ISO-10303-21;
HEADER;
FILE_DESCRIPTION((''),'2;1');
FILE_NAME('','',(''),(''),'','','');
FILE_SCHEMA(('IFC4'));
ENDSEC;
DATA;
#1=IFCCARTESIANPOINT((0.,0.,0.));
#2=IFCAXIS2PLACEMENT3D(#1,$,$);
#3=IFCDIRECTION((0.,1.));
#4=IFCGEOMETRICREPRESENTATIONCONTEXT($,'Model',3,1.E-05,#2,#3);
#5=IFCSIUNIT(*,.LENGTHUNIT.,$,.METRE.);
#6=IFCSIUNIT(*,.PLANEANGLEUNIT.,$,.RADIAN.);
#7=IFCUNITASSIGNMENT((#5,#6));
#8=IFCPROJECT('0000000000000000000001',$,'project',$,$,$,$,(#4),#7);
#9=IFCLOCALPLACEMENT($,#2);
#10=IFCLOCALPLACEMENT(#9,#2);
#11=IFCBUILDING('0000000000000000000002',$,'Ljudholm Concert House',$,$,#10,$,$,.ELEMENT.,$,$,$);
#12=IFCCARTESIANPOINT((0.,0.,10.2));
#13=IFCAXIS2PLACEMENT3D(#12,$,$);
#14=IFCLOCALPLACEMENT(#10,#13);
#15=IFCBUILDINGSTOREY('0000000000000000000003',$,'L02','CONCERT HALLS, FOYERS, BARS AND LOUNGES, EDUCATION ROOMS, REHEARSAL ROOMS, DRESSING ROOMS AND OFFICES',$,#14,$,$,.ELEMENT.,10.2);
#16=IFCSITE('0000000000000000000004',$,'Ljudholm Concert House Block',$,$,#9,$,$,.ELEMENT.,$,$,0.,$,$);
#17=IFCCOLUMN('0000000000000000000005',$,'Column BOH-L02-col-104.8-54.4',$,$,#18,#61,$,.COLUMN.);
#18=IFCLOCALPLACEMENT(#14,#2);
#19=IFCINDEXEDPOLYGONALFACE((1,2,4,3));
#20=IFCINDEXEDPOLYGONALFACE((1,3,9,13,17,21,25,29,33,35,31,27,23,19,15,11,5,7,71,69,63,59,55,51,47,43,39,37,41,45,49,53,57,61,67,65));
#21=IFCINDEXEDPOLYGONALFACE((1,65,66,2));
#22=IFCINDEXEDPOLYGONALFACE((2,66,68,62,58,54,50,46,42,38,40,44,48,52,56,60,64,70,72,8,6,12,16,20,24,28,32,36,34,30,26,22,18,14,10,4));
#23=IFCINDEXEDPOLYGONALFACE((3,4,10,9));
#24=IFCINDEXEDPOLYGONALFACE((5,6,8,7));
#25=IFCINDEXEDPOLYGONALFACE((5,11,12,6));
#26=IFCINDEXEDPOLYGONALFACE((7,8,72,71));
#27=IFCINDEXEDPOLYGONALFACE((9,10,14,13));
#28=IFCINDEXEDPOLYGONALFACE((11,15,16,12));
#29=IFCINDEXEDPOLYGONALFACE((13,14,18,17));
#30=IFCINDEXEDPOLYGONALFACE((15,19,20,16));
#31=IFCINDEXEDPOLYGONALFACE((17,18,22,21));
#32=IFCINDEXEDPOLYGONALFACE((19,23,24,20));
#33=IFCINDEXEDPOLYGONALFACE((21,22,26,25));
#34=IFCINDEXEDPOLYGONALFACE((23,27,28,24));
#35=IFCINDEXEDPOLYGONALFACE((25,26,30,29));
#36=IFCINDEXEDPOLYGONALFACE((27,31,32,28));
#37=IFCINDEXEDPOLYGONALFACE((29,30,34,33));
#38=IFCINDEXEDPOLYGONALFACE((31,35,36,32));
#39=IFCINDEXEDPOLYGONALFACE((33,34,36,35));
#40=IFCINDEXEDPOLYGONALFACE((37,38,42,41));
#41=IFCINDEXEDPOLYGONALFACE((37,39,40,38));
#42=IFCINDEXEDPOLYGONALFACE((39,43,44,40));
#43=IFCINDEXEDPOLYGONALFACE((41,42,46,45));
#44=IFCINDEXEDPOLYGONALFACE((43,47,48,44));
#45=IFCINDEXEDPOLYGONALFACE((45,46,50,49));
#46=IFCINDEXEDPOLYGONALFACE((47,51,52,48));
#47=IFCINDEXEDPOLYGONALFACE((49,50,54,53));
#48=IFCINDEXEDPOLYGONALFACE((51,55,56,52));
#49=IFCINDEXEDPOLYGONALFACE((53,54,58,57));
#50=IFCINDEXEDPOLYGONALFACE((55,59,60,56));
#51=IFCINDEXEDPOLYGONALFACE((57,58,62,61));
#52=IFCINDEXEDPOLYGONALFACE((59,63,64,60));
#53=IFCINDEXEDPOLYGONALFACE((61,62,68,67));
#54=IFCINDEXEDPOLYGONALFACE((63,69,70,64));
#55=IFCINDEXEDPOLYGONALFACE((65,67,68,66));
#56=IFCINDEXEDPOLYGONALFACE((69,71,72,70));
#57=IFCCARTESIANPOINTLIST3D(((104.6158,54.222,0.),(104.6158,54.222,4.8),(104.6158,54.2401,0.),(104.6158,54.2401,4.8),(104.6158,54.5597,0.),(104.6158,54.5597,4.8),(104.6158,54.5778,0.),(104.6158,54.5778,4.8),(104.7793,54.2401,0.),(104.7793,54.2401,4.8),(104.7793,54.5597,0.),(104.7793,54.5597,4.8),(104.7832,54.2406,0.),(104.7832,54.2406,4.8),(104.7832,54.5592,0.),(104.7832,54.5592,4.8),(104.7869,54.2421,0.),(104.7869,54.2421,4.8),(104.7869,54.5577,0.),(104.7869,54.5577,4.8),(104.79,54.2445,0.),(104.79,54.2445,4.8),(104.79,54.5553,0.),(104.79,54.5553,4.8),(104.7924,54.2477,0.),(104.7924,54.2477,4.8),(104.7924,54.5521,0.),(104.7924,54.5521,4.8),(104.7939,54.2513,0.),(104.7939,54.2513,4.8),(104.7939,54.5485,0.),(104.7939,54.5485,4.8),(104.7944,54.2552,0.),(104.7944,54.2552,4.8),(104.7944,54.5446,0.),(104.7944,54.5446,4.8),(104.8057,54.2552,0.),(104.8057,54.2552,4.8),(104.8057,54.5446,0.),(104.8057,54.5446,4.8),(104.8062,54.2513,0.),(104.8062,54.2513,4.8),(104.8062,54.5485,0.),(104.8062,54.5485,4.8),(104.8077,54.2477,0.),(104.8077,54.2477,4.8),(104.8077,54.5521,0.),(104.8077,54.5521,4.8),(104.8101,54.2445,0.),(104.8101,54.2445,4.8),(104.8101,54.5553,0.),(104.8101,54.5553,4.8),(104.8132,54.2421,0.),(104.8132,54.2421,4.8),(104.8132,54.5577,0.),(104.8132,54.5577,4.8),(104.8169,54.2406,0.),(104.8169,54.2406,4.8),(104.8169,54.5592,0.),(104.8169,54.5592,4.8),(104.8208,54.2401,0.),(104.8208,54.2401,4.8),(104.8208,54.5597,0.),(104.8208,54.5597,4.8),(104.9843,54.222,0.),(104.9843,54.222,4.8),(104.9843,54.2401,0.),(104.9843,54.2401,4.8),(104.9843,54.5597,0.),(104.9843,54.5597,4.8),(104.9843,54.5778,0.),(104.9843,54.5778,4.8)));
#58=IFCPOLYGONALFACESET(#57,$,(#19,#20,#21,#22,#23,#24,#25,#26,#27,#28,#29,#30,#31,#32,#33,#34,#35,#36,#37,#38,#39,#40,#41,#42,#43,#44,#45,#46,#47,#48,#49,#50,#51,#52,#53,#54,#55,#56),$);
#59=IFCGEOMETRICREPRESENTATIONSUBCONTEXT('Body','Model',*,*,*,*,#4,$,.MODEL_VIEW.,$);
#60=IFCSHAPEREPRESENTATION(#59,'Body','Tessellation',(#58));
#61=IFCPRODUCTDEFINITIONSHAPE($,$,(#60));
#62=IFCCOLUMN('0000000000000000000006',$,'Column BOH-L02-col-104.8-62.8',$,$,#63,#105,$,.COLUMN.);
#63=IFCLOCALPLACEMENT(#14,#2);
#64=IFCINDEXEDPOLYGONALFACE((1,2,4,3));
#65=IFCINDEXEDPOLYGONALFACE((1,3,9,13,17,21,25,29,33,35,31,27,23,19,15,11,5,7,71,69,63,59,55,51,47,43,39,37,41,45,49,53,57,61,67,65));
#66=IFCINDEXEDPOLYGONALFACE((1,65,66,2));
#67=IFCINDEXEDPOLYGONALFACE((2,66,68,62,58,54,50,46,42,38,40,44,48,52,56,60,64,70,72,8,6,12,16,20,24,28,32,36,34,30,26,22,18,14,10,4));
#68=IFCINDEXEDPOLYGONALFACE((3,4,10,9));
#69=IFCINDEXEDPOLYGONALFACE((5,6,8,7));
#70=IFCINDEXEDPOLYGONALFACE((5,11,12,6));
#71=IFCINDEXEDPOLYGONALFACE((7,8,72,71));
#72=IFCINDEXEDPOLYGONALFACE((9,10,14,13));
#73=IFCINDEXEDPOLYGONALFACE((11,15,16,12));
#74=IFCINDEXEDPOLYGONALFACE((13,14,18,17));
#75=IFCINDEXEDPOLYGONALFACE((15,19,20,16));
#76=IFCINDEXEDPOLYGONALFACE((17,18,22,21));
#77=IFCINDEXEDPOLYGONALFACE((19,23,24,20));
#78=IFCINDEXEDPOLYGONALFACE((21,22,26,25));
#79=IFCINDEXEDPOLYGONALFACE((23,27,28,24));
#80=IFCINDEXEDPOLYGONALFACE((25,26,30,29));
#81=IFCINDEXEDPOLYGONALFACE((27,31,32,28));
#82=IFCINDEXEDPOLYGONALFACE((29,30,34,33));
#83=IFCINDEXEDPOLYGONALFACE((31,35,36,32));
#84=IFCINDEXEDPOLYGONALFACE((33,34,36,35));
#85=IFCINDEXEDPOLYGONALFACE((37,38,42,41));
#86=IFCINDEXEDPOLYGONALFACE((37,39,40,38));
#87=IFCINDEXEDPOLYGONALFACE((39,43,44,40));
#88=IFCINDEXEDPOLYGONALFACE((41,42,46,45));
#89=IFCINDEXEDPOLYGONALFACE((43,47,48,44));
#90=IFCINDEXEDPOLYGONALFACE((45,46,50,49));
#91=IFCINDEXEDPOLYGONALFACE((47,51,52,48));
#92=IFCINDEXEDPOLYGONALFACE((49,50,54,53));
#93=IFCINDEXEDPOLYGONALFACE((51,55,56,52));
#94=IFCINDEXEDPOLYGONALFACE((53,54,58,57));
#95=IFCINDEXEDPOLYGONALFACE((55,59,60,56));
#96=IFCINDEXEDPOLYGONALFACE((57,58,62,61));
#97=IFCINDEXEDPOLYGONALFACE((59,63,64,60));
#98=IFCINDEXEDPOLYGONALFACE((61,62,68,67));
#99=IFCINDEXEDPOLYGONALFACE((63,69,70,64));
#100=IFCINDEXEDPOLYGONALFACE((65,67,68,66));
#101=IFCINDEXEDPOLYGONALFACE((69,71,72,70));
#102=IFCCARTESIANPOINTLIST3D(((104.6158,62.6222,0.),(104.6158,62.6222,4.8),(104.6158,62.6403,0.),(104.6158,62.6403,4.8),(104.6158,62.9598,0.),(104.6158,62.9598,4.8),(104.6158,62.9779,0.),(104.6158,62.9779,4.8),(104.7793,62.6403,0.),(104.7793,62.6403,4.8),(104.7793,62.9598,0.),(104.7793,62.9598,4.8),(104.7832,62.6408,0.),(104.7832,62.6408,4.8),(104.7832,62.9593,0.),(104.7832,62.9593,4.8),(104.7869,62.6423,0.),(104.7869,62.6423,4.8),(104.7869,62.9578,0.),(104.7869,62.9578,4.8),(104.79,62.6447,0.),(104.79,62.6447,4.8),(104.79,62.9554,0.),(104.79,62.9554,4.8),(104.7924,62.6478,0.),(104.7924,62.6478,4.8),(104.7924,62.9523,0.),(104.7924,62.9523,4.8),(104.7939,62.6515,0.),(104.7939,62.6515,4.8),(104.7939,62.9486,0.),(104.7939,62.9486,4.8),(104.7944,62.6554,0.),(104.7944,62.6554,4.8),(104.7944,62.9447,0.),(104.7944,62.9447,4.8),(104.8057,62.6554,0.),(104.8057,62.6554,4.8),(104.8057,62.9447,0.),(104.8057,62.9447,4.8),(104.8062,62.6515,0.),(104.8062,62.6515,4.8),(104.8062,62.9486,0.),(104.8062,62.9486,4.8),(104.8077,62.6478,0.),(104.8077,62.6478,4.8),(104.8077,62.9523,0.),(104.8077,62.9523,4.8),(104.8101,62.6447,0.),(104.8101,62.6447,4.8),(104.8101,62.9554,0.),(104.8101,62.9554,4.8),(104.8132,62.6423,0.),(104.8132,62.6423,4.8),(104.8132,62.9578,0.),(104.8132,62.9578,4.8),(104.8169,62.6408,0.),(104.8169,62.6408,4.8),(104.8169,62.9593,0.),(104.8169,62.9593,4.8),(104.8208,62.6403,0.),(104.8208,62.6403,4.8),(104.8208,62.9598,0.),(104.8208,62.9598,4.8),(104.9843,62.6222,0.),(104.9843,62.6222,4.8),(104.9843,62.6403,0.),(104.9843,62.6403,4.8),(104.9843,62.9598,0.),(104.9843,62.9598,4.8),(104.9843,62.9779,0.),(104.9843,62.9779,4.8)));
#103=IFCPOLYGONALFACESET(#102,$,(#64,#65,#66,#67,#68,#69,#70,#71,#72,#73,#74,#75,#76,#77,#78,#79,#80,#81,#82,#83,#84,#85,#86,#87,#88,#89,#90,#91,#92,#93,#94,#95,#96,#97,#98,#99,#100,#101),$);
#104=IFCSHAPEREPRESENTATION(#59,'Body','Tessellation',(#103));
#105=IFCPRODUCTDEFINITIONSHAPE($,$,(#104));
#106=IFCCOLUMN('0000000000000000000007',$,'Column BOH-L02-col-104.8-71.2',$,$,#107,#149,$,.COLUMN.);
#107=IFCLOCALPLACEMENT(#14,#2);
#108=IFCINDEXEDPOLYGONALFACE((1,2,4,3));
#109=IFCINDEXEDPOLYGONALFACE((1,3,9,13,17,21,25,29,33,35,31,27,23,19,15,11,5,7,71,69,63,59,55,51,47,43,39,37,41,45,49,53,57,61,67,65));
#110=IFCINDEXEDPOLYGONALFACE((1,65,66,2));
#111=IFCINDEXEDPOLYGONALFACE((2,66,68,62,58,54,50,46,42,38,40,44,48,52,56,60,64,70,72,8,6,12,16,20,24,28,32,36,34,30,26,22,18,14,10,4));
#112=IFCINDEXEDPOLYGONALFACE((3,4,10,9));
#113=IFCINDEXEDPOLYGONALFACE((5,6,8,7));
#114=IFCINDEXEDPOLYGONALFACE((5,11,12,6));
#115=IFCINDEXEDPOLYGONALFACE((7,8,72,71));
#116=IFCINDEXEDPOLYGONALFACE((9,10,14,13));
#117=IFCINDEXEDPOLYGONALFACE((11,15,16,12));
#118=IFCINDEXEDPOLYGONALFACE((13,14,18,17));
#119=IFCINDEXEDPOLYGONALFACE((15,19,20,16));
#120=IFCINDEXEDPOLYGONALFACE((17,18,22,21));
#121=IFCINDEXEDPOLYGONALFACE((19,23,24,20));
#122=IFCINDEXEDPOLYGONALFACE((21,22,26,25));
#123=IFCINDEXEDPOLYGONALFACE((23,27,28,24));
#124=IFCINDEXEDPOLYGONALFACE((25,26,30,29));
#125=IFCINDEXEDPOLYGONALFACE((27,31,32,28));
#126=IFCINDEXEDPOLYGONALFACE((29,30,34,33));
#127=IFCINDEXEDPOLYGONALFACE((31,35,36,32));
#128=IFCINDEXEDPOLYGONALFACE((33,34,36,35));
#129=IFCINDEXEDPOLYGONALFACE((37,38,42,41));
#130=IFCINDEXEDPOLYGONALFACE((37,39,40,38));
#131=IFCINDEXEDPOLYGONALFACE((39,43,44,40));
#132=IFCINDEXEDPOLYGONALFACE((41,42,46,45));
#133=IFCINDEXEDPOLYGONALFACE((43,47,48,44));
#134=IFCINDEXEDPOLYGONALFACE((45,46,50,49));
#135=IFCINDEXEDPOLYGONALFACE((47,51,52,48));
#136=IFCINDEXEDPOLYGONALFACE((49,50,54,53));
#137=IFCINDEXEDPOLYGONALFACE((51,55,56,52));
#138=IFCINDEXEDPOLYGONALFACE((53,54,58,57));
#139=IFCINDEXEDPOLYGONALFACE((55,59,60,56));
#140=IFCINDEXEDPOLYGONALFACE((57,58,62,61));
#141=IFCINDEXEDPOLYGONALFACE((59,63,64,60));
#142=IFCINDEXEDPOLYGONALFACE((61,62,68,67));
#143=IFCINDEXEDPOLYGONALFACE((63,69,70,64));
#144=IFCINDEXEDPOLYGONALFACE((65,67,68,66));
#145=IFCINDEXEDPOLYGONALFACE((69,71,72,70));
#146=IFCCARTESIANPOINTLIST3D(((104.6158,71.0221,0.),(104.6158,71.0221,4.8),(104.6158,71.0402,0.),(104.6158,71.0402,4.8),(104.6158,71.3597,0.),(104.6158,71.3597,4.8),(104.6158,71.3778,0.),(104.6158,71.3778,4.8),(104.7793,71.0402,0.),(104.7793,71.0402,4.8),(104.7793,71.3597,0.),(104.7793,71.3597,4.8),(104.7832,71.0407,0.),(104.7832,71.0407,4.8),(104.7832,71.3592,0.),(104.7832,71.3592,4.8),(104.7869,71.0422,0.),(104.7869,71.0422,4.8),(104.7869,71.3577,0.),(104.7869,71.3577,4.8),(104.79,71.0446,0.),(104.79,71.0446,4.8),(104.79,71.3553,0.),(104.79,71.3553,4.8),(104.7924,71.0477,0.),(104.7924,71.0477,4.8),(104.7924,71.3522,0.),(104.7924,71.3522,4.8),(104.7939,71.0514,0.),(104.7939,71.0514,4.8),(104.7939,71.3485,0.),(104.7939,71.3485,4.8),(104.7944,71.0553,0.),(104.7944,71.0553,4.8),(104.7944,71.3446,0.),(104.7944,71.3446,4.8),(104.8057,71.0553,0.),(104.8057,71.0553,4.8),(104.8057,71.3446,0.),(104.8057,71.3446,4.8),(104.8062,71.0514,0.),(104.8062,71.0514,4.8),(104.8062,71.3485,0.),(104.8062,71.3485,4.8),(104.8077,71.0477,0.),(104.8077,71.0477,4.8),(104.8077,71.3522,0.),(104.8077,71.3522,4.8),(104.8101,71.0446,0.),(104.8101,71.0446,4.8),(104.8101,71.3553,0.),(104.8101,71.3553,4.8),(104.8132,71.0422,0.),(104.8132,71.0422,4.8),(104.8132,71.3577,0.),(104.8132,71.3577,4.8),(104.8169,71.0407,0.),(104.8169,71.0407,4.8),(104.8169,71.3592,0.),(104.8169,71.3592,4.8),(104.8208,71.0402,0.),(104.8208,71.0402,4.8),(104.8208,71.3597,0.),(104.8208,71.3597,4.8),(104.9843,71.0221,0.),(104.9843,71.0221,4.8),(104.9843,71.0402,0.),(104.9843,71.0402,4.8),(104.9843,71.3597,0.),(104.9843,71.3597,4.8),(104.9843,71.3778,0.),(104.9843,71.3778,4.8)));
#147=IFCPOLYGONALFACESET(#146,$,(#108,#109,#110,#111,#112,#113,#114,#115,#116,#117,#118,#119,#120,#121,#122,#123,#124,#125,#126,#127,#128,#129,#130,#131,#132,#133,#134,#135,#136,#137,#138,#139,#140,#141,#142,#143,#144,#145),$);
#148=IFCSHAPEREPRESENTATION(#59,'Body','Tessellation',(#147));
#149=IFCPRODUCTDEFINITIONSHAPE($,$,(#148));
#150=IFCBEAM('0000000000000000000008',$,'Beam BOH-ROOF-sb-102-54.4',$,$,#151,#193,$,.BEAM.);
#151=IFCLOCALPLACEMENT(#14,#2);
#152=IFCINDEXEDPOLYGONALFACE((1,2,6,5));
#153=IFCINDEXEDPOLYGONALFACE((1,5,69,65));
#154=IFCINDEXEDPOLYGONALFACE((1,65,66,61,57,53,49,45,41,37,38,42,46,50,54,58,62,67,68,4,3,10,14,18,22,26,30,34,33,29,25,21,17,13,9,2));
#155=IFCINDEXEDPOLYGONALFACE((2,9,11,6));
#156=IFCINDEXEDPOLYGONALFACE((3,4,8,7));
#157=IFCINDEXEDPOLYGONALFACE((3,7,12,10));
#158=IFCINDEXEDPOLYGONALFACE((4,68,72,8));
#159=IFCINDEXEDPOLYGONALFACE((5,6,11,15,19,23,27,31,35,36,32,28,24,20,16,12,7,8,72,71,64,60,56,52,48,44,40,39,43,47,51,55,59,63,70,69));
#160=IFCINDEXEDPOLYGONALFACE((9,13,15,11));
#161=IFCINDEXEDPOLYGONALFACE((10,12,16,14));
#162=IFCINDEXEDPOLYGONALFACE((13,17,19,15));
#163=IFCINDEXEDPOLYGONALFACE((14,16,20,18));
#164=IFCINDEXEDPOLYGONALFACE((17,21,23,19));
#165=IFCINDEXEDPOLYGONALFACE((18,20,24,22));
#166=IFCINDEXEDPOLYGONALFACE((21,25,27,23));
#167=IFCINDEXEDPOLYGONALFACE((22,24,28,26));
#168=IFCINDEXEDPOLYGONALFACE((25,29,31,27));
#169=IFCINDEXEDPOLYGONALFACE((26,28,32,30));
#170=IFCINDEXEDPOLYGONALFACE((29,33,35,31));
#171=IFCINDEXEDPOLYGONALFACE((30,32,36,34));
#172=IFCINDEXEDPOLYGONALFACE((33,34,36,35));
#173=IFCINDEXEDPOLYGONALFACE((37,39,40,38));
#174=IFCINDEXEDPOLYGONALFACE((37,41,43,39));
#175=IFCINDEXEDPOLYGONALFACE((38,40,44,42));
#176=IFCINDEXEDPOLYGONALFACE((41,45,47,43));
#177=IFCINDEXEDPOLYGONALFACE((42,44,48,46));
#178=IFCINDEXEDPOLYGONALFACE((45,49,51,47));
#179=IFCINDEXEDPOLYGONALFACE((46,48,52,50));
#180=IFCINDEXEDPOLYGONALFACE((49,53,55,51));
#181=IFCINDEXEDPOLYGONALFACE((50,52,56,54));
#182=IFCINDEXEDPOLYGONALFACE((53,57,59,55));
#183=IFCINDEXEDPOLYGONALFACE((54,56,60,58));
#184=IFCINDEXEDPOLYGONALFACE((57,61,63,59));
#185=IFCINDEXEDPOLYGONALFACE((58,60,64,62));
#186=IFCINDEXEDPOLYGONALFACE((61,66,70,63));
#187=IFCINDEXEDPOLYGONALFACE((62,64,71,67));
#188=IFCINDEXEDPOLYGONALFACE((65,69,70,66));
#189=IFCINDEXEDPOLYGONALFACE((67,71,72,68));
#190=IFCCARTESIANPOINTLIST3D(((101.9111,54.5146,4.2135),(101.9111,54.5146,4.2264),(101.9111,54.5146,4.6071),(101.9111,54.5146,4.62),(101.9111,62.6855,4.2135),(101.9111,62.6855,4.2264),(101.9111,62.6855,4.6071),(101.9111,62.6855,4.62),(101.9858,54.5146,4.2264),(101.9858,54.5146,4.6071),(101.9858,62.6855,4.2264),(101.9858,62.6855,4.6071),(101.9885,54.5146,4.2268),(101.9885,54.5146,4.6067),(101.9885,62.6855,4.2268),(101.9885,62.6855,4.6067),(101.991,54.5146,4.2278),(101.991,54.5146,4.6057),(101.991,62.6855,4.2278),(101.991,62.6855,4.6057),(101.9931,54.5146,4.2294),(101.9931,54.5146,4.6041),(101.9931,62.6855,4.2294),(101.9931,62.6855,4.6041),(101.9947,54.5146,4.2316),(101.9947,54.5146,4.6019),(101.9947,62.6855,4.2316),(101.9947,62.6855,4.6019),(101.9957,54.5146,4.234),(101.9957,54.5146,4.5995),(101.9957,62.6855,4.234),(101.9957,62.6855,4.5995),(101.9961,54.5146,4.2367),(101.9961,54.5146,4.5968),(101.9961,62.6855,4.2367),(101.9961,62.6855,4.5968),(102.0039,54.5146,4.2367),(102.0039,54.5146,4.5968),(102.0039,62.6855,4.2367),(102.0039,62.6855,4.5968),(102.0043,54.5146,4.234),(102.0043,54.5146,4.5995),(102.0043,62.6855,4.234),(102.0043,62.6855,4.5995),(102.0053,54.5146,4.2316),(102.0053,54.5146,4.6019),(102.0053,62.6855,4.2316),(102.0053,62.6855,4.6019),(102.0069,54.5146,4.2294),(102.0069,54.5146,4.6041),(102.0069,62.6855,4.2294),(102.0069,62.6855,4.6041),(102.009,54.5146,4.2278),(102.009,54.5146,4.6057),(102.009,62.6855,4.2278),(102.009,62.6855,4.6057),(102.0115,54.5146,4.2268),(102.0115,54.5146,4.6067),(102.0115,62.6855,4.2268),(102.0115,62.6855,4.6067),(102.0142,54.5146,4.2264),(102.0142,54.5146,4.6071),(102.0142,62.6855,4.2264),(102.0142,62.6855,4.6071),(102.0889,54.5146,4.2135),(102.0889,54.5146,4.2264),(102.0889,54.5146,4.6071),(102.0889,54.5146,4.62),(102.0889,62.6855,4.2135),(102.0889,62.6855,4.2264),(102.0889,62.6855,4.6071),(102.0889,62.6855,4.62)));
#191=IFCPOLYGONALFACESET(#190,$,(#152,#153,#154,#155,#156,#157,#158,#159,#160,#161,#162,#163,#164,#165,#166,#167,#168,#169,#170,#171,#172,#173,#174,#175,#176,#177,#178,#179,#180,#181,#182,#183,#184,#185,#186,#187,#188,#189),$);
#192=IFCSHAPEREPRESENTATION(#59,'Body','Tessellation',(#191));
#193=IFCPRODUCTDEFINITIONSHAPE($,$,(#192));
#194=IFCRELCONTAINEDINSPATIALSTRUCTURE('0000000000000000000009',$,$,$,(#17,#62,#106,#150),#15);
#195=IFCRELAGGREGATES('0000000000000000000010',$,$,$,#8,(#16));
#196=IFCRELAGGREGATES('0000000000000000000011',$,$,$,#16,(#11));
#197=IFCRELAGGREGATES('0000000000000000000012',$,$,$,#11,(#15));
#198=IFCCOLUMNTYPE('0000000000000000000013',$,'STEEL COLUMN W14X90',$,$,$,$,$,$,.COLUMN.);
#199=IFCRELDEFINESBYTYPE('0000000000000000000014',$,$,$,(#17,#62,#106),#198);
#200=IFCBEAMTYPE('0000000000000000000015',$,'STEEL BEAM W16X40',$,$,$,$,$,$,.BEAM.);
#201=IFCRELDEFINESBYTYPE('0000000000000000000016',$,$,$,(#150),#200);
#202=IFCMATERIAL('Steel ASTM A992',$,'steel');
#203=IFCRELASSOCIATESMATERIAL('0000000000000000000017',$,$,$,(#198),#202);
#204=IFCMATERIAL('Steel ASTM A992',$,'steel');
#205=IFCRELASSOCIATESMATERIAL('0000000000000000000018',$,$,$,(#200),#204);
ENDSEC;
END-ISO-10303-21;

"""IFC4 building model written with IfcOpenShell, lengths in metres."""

from ifc_helpers import new_model, si_unit, direction, frame, origin, origin_2d, place, context, subcontext, project, spatial, i_section, extrude, material, material_profile, profile_set, type_object, element, save


model = new_model("IFC4")

# Units and contexts
model_context = context("Model", 3, precision=1e-05, world=origin(), true_north=direction((0.0, 1.0)))
body_context = subcontext(model_context, "Body", "Model", "MODEL_VIEW")
ifc_project = project(units=[si_unit("LENGTHUNIT", "METRE"), si_unit("PLANEANGLEUNIT", "RADIAN")], contexts=[model_context])

# Site, building, storey
site_placement = place(None, origin())
site = spatial("IfcSite", under=ifc_project, at=site_placement, Name="Ljudholm Concert House Block", CompositionType="ELEMENT", RefElevation=0.0)
building_placement = place(site_placement, origin())
building = spatial("IfcBuilding", under=site, at=building_placement, Name="Ljudholm Concert House", CompositionType="ELEMENT")
storey_placement = place(building_placement, frame((0.0, 0.0, 10.2)))
storey = spatial("IfcBuildingStorey", under=building, at=storey_placement, Name="L02", Description="CONCERT HALLS, FOYERS, BARS AND LOUNGES, EDUCATION ROOMS, REHEARSAL ROOMS, DRESSING ROOMS AND OFFICES", CompositionType="ELEMENT", Elevation=10.2)

# Columns
ifc_material_1 = material(Name="Steel ASTM A992", Category="steel")
ifc_material_profile_1 = material_profile(ifc_material_1, i_section(OverallWidth=0.3684, OverallDepth=0.3557, WebThickness=0.0112, FlangeThickness=0.0181, FilletRadius=0.0151, at=origin_2d()), Name="W14X90")
ifc_profile_set_1 = profile_set([ifc_material_profile_1], Name="Steel ASTM A992")
column_type = type_object("IfcColumnType", Name="STEEL COLUMN W14X90", PredefinedType="COLUMN", material=ifc_profile_set_1)
for number, where, z_axis, x_axis, name in (
    (1, (104.8, 54.3999, 0.0), (0.0, 0.0, 1.0), (1.0, 0.0, 0.0), "Column BOH-L02-col-104.8-54.4"),
    (2, (104.8, 62.8, 0.0), (0.0, 0.0, 1.0), (1.0, 0.0, 0.0), "Column BOH-L02-col-104.8-62.8"),
    (3, (104.8, 71.2, 0.0), (0.0, 0.0, 1.0), (1.0, 0.0, 0.0), "Column BOH-L02-col-104.8-71.2"),
):
    element("IfcColumn", number, at=place(storey_placement, frame(where, z_axis=z_axis, x_axis=x_axis)), inside=storey, type_object=column_type, Name=name, PredefinedType="COLUMN", context=body_context, shape_type="SweptSolid", body=[
        extrude(i_section(OverallWidth=0.3684, OverallDepth=0.3557, WebThickness=0.0112, FlangeThickness=0.0181, FilletRadius=0.0151, at=origin_2d()), origin(), (0.0, 0.0, 1.0), 4.8),
    ])

# Beam
ifc_material_2 = material(Name="Steel ASTM A992", Category="steel")
ifc_material_profile_2 = material_profile(ifc_material_2, i_section(OverallWidth=0.1777, OverallDepth=0.4065, WebThickness=0.0078, FlangeThickness=0.0129, FilletRadius=0.0103, at=origin_2d()), Name="W16X40")
ifc_profile_set_2 = profile_set([ifc_material_profile_2], Name="Steel ASTM A992")
beam_type_1 = type_object("IfcBeamType", Name="STEEL BEAM W16X40", PredefinedType="BEAM", material=ifc_profile_set_2)
for number, where, z_axis, x_axis, name in (
    (4, (102.0, 54.5146, 4.4167), (0.0, 1.0, 0.0), (-1.0, 0.0, 0.0), "Beam BOH-ROOF-sb-102-54.4"),
):
    element("IfcBeam", number, at=place(storey_placement, frame(where, z_axis=z_axis, x_axis=x_axis)), inside=storey, type_object=beam_type_1, Name=name, PredefinedType="BEAM", context=body_context, shape_type="SweptSolid", body=[
        extrude(i_section(OverallWidth=0.1777, OverallDepth=0.4065, WebThickness=0.0078, FlangeThickness=0.0129, FilletRadius=0.0103, at=origin_2d()), origin(), (0.0, 0.0, 1.0), 8.1709),
    ])

save(model, "model.ifc")
